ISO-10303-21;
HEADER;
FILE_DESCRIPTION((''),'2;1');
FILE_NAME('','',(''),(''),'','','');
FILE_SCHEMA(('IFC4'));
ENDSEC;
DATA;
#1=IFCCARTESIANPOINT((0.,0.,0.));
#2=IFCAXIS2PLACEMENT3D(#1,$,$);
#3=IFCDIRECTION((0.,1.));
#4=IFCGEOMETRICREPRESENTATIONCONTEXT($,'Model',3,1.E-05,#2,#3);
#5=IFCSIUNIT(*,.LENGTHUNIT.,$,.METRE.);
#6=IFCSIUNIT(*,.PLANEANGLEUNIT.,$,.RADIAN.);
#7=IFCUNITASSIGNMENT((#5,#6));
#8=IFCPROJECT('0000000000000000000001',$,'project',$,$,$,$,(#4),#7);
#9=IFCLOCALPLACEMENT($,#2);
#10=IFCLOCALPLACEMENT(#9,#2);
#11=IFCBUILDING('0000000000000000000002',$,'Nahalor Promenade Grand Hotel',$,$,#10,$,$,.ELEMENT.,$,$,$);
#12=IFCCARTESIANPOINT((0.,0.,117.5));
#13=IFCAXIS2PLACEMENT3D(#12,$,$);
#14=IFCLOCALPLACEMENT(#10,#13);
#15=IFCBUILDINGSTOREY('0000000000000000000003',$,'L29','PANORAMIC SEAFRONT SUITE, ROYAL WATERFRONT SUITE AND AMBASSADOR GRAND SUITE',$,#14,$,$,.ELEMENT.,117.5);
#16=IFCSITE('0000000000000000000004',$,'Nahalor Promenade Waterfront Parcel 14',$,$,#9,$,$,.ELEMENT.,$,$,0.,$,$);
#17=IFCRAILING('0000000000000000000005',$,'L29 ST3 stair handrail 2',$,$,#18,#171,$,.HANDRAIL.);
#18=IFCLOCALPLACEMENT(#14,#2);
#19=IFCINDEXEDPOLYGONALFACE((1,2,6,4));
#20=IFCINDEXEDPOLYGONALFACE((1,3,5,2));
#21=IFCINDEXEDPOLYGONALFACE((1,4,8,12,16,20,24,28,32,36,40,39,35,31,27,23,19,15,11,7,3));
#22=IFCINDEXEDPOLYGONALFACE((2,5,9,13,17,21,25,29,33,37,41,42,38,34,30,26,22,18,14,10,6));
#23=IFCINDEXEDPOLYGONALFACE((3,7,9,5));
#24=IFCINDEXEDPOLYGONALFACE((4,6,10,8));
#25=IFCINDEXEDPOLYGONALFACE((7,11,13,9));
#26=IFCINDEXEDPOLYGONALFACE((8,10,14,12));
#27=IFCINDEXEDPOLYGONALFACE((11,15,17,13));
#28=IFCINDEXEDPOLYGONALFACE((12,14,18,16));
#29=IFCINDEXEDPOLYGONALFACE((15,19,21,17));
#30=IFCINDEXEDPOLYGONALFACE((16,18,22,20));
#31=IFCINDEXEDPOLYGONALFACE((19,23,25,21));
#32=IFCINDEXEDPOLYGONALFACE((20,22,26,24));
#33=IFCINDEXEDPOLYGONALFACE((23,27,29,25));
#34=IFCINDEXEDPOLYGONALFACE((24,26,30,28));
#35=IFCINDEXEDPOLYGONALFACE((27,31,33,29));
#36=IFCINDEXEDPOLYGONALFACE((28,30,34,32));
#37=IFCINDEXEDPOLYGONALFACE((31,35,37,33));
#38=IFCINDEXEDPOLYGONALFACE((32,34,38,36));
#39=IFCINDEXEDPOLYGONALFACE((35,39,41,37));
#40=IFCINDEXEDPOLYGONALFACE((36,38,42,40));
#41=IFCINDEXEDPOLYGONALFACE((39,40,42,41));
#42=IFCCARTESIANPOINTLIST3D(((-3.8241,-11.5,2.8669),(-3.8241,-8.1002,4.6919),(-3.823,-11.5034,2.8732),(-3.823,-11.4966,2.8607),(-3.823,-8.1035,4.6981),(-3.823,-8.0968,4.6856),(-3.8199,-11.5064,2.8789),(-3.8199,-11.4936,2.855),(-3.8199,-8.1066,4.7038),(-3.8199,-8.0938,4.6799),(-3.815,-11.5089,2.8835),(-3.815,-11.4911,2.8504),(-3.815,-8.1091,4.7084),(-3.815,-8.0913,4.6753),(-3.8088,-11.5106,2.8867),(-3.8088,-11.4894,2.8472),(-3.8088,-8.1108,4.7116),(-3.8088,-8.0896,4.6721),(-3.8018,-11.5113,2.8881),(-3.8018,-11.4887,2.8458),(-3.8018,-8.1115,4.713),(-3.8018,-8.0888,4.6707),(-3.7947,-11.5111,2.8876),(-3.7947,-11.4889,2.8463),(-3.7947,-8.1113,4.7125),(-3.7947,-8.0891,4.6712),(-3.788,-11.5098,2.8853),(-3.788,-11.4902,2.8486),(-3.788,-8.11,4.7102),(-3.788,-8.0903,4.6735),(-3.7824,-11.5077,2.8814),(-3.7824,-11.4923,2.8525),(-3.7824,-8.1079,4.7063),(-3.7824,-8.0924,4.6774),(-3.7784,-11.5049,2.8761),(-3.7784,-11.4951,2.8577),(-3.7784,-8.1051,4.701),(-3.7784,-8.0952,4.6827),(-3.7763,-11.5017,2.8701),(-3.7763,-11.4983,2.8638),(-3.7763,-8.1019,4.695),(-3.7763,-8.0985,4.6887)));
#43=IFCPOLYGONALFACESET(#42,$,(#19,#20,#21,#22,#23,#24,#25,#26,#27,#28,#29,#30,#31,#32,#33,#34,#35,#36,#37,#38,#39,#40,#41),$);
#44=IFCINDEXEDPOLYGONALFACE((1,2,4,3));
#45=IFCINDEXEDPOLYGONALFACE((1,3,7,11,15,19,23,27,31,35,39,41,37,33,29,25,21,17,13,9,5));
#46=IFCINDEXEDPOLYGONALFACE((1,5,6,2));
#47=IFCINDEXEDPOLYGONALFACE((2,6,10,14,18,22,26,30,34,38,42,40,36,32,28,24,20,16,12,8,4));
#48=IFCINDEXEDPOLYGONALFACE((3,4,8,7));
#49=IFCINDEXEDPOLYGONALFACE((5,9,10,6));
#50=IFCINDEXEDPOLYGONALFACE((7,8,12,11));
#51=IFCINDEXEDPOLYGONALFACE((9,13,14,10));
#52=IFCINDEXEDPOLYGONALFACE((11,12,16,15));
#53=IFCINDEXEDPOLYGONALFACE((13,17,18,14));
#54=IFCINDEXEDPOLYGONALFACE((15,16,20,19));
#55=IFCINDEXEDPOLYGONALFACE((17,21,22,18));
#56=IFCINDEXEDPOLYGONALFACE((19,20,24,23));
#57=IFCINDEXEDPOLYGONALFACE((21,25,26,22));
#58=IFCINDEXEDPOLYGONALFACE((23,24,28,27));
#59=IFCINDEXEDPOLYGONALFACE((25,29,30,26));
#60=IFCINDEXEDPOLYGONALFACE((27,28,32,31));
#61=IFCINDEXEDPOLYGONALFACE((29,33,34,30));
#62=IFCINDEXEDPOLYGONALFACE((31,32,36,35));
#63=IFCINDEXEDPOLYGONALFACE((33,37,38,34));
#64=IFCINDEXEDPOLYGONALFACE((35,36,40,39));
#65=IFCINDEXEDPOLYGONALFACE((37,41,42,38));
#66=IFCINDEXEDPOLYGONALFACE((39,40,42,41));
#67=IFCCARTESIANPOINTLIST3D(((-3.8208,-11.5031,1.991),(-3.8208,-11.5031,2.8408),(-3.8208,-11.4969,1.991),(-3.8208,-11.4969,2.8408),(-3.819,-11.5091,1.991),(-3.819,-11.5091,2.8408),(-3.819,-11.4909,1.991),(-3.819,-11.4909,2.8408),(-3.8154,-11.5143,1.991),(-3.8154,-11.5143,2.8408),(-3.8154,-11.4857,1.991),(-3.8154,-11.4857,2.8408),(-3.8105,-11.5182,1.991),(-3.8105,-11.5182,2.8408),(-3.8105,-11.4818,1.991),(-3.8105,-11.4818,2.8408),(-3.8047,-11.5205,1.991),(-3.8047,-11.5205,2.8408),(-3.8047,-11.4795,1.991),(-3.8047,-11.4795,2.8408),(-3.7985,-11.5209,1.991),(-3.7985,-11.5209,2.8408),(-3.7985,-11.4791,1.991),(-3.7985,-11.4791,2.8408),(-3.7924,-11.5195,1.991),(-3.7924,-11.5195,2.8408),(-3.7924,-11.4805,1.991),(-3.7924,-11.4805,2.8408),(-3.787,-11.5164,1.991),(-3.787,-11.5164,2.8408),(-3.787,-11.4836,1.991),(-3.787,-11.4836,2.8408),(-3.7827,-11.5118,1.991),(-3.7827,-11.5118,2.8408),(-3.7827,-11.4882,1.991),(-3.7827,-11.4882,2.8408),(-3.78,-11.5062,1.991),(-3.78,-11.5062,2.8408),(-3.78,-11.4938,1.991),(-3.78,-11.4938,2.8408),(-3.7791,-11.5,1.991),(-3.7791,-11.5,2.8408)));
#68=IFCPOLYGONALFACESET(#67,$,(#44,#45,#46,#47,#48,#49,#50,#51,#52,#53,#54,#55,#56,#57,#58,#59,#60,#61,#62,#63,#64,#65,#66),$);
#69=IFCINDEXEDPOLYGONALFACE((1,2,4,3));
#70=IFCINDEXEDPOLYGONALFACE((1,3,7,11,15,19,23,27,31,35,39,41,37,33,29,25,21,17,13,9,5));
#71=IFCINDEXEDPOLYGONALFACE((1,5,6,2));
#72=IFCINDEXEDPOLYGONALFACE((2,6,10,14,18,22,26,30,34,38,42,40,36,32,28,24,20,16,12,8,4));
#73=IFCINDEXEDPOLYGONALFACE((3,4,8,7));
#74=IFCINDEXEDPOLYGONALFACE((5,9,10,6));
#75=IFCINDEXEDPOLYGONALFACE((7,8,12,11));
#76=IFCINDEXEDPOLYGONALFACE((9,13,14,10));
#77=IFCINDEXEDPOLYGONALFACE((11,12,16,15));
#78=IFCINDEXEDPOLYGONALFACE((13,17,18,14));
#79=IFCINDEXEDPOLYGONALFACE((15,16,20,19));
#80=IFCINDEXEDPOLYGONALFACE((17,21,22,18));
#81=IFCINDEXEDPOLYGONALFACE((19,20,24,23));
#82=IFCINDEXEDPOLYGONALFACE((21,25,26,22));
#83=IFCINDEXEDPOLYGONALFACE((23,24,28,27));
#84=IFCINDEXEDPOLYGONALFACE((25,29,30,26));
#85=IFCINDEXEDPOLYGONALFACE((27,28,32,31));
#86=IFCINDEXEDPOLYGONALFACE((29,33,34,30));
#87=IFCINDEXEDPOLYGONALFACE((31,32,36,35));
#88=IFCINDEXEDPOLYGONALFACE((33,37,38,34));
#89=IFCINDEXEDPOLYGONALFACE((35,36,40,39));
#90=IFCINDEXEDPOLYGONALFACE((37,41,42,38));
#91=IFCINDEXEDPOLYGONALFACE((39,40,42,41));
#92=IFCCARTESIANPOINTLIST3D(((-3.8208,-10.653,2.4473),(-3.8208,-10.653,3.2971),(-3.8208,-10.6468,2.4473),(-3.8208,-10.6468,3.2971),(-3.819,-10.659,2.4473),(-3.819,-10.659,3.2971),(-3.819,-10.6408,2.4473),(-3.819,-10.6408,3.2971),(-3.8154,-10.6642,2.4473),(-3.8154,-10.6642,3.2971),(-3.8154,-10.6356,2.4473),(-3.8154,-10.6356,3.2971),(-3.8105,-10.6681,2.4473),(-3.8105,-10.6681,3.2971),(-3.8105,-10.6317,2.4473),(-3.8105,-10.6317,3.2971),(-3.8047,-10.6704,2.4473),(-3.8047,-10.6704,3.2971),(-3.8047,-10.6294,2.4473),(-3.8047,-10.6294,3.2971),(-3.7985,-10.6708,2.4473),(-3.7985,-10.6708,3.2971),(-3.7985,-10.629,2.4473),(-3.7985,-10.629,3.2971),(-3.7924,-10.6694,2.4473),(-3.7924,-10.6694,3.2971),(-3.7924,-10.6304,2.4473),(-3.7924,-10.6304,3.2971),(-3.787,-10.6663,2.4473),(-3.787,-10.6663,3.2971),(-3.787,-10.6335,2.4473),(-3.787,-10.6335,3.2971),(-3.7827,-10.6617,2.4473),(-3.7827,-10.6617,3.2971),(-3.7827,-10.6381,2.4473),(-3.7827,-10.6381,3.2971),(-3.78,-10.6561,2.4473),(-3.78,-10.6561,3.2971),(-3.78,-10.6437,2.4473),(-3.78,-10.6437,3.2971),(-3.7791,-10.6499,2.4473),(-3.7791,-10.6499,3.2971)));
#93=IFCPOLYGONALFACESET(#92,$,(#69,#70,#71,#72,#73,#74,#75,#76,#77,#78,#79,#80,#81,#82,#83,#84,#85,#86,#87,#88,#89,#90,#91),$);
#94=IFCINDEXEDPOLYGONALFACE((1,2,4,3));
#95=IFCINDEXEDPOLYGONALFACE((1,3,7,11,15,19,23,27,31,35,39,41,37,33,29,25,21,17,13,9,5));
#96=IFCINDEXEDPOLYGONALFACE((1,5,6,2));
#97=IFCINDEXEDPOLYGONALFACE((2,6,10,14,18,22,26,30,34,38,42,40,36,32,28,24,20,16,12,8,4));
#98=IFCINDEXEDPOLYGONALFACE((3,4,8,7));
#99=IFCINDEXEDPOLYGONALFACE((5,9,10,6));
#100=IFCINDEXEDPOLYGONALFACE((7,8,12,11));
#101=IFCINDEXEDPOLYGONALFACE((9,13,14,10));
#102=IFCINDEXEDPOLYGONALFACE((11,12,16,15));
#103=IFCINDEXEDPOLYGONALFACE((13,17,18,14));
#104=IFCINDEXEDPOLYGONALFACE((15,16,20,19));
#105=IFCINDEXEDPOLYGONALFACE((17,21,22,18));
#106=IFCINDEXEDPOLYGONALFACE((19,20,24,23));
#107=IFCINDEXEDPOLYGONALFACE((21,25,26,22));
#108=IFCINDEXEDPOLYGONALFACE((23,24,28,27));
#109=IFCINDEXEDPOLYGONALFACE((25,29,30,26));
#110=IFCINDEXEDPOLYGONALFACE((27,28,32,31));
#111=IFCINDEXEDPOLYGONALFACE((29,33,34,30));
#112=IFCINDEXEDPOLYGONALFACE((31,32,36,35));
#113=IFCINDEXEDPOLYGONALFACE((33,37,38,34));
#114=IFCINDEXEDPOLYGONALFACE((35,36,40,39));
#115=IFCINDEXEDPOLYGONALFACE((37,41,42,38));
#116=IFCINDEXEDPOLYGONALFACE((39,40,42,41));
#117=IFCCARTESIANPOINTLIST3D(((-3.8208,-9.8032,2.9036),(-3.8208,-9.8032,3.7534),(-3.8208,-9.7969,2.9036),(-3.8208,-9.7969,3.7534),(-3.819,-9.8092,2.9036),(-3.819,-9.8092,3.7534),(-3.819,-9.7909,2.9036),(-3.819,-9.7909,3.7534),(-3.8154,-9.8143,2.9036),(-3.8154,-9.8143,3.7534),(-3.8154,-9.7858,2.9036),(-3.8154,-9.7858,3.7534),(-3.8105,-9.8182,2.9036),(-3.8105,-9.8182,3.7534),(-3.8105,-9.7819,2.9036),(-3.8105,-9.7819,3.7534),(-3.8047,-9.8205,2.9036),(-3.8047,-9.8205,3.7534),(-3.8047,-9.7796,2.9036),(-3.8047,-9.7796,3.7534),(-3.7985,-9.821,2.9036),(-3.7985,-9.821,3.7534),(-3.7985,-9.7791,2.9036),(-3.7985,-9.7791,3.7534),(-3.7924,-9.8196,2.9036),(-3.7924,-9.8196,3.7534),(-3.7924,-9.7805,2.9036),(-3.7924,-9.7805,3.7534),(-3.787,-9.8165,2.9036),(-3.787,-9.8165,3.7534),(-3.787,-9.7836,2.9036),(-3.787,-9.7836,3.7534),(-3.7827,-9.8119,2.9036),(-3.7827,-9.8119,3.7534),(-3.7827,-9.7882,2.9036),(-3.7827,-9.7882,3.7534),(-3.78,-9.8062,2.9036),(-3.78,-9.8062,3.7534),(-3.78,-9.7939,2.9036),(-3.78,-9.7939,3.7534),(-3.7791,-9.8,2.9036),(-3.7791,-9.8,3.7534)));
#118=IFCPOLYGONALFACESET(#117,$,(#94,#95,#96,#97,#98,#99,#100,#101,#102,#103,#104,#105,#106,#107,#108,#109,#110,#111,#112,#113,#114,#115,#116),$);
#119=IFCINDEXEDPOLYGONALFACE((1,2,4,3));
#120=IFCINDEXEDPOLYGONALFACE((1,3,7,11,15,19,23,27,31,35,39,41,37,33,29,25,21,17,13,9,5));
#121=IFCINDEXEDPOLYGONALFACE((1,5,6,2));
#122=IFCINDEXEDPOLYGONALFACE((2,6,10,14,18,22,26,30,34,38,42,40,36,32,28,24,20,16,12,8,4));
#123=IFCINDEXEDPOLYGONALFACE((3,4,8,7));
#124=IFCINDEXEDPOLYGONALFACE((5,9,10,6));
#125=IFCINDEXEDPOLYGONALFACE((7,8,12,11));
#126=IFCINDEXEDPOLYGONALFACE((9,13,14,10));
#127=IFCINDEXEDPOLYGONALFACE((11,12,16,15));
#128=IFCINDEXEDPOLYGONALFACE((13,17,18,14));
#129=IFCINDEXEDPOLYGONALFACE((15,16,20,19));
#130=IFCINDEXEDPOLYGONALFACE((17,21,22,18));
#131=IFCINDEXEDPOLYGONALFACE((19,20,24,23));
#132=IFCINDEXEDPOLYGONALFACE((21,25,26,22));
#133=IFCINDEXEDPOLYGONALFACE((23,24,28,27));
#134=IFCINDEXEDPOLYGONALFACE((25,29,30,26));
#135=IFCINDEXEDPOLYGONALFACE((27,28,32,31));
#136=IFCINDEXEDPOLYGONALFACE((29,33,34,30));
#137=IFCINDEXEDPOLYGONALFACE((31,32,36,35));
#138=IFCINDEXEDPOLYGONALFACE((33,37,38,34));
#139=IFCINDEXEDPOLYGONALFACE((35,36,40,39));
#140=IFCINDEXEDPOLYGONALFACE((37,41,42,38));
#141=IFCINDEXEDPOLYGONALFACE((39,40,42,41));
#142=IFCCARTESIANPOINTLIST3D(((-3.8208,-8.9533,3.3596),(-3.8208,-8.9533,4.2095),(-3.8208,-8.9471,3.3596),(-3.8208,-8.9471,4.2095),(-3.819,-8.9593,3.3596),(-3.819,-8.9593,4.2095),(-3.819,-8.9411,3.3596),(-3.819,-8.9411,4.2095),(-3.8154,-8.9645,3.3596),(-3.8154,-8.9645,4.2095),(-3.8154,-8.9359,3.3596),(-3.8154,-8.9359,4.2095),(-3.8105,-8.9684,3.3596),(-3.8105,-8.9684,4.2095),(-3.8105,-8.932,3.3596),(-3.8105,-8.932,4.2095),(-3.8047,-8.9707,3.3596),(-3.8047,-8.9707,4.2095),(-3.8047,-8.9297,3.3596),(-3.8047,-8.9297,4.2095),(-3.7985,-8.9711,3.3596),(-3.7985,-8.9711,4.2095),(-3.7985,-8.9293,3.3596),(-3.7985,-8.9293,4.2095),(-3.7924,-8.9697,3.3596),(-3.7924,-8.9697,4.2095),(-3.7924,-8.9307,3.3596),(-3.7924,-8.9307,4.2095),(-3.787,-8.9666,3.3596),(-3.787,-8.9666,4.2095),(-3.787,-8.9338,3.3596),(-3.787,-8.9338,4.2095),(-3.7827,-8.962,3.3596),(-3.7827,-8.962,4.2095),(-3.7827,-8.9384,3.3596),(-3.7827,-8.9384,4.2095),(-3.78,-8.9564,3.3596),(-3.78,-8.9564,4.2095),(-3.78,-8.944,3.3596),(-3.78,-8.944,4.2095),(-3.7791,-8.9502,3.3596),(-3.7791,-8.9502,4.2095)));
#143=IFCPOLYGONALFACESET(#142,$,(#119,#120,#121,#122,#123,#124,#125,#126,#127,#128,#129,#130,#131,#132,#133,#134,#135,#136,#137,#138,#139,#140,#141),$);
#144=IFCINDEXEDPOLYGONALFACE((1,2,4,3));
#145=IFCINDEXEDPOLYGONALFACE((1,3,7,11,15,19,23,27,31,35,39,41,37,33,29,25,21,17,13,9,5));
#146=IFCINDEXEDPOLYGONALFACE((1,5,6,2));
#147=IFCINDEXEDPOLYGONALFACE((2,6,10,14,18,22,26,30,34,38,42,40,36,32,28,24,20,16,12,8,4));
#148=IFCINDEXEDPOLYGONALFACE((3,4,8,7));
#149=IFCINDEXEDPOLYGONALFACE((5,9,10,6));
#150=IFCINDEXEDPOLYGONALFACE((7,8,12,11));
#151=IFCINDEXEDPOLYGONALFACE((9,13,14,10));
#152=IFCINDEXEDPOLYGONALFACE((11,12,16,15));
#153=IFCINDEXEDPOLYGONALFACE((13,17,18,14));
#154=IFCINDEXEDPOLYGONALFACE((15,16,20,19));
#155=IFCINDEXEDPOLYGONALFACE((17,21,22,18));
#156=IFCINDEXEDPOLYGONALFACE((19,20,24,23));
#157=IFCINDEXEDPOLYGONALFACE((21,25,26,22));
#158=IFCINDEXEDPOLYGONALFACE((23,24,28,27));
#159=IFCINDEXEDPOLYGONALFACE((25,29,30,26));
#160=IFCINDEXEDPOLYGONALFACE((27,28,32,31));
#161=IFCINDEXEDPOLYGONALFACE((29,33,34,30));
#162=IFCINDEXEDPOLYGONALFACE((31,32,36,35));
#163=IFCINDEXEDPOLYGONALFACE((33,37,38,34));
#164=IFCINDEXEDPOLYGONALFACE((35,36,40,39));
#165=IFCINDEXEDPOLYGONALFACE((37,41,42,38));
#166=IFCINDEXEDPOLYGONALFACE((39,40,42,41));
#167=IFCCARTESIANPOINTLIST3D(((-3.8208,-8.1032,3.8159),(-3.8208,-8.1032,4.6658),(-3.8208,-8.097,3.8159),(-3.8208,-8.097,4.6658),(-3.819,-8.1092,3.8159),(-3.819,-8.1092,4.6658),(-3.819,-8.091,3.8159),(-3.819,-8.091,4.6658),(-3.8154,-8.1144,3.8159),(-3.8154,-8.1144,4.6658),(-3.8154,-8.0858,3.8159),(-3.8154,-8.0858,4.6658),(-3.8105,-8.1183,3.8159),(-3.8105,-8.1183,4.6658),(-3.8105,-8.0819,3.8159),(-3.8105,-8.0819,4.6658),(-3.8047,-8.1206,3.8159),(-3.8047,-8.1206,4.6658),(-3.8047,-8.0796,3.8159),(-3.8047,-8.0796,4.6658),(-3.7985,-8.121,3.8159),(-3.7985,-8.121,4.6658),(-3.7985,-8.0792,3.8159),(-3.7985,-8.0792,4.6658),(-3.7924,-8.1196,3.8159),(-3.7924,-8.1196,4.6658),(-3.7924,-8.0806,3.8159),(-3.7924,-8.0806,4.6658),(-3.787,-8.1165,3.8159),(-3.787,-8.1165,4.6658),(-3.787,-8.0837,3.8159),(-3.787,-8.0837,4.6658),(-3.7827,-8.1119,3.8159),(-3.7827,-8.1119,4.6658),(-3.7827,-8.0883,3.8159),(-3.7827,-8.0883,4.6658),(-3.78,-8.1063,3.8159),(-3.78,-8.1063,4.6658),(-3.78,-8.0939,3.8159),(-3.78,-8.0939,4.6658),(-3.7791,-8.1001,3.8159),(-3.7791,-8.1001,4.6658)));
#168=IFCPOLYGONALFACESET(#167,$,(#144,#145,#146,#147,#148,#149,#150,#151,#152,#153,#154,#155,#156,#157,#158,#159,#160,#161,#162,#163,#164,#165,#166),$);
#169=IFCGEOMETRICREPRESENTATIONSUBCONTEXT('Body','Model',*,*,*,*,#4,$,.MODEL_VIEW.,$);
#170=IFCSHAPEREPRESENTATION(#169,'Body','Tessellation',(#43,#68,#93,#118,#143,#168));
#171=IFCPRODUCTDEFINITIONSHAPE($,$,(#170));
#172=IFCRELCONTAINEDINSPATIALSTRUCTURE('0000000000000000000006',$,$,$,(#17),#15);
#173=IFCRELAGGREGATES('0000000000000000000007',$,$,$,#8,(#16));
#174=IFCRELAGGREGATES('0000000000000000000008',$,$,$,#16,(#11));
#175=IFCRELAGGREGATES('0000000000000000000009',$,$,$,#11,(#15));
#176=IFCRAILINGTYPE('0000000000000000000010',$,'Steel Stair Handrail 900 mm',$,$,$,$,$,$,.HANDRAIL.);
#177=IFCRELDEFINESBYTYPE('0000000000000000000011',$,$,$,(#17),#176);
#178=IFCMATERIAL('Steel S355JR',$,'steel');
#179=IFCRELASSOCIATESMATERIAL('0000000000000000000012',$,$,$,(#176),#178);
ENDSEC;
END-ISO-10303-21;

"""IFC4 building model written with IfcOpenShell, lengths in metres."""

from ifc_helpers import new_model, si_unit, direction, frame, origin, origin_2d, place, context, subcontext, project, spatial, circle, extrude, material, type_object, element, save


model = new_model("IFC4")

# Units and contexts
model_context = context("Model", 3, precision=1e-05, world=origin(), true_north=direction((0.0, 1.0)))
body_context = subcontext(model_context, "Body", "Model", "MODEL_VIEW")
ifc_project = project(units=[si_unit("LENGTHUNIT", "METRE"), si_unit("PLANEANGLEUNIT", "RADIAN")], contexts=[model_context])

# Site, building, storey
site_placement = place(None, origin())
site = spatial("IfcSite", under=ifc_project, at=site_placement, Name="Nahalor Promenade Waterfront Parcel 14", CompositionType="ELEMENT", RefElevation=0.0)
building_placement = place(site_placement, origin())
building = spatial("IfcBuilding", under=site, at=building_placement, Name="Nahalor Promenade Grand Hotel", CompositionType="ELEMENT")
storey_placement = place(building_placement, frame((0.0, 0.0, 117.5)))
storey = spatial("IfcBuildingStorey", under=building, at=storey_placement, Name="L29", Description="PANORAMIC SEAFRONT SUITE, ROYAL WATERFRONT SUITE AND AMBASSADOR GRAND SUITE", CompositionType="ELEMENT", Elevation=117.5)

# Shared definitions
ifc_material_1 = material(Name="Steel S355JR", Category="steel")

# Railing
railing_type_1 = type_object("IfcRailingType", Name="Steel Stair Handrail 900 mm", PredefinedType="HANDRAIL", material=ifc_material_1)
railing_1_placement = place(storey_placement, frame((-3.8, -11.5, 1.991)))
element("IfcRailing", 1, at=railing_1_placement, inside=storey, type_object=railing_type_1, Name="L29 ST3 stair handrail 2", PredefinedType="HANDRAIL", context=body_context, shape_type="SweptSolid", body=[
    extrude(circle(Radius=0.024, at=origin_2d()), frame((0.0, 0.0, 0.876), z_axis=(0.0, 0.881094, 0.472941), x_axis=(-1.0, 0.0, 0.0)), (0.0, 0.0, 1.0), 3.8586),
    extrude(circle(Radius=0.021, at=origin_2d()), origin(), (0.0, 0.0, 1.0), 0.8499),
    extrude(circle(Radius=0.021, at=origin_2d()), frame((0.0, 0.8501, 0.4563)), (0.0, 0.0, 1.0), 0.8499),
    extrude(circle(Radius=0.021, at=origin_2d()), frame((0.0, 1.7, 0.9126)), (0.0, 0.0, 1.0), 0.8499),
    extrude(circle(Radius=0.021, at=origin_2d()), frame((0.0, 2.5498, 1.3687)), (0.0, 0.0, 1.0), 0.8499),
    extrude(circle(Radius=0.021, at=origin_2d()), frame((0.0, 3.3999, 1.825)), (0.0, 0.0, 1.0), 0.8499),
])

save(model, "model.ifc")
